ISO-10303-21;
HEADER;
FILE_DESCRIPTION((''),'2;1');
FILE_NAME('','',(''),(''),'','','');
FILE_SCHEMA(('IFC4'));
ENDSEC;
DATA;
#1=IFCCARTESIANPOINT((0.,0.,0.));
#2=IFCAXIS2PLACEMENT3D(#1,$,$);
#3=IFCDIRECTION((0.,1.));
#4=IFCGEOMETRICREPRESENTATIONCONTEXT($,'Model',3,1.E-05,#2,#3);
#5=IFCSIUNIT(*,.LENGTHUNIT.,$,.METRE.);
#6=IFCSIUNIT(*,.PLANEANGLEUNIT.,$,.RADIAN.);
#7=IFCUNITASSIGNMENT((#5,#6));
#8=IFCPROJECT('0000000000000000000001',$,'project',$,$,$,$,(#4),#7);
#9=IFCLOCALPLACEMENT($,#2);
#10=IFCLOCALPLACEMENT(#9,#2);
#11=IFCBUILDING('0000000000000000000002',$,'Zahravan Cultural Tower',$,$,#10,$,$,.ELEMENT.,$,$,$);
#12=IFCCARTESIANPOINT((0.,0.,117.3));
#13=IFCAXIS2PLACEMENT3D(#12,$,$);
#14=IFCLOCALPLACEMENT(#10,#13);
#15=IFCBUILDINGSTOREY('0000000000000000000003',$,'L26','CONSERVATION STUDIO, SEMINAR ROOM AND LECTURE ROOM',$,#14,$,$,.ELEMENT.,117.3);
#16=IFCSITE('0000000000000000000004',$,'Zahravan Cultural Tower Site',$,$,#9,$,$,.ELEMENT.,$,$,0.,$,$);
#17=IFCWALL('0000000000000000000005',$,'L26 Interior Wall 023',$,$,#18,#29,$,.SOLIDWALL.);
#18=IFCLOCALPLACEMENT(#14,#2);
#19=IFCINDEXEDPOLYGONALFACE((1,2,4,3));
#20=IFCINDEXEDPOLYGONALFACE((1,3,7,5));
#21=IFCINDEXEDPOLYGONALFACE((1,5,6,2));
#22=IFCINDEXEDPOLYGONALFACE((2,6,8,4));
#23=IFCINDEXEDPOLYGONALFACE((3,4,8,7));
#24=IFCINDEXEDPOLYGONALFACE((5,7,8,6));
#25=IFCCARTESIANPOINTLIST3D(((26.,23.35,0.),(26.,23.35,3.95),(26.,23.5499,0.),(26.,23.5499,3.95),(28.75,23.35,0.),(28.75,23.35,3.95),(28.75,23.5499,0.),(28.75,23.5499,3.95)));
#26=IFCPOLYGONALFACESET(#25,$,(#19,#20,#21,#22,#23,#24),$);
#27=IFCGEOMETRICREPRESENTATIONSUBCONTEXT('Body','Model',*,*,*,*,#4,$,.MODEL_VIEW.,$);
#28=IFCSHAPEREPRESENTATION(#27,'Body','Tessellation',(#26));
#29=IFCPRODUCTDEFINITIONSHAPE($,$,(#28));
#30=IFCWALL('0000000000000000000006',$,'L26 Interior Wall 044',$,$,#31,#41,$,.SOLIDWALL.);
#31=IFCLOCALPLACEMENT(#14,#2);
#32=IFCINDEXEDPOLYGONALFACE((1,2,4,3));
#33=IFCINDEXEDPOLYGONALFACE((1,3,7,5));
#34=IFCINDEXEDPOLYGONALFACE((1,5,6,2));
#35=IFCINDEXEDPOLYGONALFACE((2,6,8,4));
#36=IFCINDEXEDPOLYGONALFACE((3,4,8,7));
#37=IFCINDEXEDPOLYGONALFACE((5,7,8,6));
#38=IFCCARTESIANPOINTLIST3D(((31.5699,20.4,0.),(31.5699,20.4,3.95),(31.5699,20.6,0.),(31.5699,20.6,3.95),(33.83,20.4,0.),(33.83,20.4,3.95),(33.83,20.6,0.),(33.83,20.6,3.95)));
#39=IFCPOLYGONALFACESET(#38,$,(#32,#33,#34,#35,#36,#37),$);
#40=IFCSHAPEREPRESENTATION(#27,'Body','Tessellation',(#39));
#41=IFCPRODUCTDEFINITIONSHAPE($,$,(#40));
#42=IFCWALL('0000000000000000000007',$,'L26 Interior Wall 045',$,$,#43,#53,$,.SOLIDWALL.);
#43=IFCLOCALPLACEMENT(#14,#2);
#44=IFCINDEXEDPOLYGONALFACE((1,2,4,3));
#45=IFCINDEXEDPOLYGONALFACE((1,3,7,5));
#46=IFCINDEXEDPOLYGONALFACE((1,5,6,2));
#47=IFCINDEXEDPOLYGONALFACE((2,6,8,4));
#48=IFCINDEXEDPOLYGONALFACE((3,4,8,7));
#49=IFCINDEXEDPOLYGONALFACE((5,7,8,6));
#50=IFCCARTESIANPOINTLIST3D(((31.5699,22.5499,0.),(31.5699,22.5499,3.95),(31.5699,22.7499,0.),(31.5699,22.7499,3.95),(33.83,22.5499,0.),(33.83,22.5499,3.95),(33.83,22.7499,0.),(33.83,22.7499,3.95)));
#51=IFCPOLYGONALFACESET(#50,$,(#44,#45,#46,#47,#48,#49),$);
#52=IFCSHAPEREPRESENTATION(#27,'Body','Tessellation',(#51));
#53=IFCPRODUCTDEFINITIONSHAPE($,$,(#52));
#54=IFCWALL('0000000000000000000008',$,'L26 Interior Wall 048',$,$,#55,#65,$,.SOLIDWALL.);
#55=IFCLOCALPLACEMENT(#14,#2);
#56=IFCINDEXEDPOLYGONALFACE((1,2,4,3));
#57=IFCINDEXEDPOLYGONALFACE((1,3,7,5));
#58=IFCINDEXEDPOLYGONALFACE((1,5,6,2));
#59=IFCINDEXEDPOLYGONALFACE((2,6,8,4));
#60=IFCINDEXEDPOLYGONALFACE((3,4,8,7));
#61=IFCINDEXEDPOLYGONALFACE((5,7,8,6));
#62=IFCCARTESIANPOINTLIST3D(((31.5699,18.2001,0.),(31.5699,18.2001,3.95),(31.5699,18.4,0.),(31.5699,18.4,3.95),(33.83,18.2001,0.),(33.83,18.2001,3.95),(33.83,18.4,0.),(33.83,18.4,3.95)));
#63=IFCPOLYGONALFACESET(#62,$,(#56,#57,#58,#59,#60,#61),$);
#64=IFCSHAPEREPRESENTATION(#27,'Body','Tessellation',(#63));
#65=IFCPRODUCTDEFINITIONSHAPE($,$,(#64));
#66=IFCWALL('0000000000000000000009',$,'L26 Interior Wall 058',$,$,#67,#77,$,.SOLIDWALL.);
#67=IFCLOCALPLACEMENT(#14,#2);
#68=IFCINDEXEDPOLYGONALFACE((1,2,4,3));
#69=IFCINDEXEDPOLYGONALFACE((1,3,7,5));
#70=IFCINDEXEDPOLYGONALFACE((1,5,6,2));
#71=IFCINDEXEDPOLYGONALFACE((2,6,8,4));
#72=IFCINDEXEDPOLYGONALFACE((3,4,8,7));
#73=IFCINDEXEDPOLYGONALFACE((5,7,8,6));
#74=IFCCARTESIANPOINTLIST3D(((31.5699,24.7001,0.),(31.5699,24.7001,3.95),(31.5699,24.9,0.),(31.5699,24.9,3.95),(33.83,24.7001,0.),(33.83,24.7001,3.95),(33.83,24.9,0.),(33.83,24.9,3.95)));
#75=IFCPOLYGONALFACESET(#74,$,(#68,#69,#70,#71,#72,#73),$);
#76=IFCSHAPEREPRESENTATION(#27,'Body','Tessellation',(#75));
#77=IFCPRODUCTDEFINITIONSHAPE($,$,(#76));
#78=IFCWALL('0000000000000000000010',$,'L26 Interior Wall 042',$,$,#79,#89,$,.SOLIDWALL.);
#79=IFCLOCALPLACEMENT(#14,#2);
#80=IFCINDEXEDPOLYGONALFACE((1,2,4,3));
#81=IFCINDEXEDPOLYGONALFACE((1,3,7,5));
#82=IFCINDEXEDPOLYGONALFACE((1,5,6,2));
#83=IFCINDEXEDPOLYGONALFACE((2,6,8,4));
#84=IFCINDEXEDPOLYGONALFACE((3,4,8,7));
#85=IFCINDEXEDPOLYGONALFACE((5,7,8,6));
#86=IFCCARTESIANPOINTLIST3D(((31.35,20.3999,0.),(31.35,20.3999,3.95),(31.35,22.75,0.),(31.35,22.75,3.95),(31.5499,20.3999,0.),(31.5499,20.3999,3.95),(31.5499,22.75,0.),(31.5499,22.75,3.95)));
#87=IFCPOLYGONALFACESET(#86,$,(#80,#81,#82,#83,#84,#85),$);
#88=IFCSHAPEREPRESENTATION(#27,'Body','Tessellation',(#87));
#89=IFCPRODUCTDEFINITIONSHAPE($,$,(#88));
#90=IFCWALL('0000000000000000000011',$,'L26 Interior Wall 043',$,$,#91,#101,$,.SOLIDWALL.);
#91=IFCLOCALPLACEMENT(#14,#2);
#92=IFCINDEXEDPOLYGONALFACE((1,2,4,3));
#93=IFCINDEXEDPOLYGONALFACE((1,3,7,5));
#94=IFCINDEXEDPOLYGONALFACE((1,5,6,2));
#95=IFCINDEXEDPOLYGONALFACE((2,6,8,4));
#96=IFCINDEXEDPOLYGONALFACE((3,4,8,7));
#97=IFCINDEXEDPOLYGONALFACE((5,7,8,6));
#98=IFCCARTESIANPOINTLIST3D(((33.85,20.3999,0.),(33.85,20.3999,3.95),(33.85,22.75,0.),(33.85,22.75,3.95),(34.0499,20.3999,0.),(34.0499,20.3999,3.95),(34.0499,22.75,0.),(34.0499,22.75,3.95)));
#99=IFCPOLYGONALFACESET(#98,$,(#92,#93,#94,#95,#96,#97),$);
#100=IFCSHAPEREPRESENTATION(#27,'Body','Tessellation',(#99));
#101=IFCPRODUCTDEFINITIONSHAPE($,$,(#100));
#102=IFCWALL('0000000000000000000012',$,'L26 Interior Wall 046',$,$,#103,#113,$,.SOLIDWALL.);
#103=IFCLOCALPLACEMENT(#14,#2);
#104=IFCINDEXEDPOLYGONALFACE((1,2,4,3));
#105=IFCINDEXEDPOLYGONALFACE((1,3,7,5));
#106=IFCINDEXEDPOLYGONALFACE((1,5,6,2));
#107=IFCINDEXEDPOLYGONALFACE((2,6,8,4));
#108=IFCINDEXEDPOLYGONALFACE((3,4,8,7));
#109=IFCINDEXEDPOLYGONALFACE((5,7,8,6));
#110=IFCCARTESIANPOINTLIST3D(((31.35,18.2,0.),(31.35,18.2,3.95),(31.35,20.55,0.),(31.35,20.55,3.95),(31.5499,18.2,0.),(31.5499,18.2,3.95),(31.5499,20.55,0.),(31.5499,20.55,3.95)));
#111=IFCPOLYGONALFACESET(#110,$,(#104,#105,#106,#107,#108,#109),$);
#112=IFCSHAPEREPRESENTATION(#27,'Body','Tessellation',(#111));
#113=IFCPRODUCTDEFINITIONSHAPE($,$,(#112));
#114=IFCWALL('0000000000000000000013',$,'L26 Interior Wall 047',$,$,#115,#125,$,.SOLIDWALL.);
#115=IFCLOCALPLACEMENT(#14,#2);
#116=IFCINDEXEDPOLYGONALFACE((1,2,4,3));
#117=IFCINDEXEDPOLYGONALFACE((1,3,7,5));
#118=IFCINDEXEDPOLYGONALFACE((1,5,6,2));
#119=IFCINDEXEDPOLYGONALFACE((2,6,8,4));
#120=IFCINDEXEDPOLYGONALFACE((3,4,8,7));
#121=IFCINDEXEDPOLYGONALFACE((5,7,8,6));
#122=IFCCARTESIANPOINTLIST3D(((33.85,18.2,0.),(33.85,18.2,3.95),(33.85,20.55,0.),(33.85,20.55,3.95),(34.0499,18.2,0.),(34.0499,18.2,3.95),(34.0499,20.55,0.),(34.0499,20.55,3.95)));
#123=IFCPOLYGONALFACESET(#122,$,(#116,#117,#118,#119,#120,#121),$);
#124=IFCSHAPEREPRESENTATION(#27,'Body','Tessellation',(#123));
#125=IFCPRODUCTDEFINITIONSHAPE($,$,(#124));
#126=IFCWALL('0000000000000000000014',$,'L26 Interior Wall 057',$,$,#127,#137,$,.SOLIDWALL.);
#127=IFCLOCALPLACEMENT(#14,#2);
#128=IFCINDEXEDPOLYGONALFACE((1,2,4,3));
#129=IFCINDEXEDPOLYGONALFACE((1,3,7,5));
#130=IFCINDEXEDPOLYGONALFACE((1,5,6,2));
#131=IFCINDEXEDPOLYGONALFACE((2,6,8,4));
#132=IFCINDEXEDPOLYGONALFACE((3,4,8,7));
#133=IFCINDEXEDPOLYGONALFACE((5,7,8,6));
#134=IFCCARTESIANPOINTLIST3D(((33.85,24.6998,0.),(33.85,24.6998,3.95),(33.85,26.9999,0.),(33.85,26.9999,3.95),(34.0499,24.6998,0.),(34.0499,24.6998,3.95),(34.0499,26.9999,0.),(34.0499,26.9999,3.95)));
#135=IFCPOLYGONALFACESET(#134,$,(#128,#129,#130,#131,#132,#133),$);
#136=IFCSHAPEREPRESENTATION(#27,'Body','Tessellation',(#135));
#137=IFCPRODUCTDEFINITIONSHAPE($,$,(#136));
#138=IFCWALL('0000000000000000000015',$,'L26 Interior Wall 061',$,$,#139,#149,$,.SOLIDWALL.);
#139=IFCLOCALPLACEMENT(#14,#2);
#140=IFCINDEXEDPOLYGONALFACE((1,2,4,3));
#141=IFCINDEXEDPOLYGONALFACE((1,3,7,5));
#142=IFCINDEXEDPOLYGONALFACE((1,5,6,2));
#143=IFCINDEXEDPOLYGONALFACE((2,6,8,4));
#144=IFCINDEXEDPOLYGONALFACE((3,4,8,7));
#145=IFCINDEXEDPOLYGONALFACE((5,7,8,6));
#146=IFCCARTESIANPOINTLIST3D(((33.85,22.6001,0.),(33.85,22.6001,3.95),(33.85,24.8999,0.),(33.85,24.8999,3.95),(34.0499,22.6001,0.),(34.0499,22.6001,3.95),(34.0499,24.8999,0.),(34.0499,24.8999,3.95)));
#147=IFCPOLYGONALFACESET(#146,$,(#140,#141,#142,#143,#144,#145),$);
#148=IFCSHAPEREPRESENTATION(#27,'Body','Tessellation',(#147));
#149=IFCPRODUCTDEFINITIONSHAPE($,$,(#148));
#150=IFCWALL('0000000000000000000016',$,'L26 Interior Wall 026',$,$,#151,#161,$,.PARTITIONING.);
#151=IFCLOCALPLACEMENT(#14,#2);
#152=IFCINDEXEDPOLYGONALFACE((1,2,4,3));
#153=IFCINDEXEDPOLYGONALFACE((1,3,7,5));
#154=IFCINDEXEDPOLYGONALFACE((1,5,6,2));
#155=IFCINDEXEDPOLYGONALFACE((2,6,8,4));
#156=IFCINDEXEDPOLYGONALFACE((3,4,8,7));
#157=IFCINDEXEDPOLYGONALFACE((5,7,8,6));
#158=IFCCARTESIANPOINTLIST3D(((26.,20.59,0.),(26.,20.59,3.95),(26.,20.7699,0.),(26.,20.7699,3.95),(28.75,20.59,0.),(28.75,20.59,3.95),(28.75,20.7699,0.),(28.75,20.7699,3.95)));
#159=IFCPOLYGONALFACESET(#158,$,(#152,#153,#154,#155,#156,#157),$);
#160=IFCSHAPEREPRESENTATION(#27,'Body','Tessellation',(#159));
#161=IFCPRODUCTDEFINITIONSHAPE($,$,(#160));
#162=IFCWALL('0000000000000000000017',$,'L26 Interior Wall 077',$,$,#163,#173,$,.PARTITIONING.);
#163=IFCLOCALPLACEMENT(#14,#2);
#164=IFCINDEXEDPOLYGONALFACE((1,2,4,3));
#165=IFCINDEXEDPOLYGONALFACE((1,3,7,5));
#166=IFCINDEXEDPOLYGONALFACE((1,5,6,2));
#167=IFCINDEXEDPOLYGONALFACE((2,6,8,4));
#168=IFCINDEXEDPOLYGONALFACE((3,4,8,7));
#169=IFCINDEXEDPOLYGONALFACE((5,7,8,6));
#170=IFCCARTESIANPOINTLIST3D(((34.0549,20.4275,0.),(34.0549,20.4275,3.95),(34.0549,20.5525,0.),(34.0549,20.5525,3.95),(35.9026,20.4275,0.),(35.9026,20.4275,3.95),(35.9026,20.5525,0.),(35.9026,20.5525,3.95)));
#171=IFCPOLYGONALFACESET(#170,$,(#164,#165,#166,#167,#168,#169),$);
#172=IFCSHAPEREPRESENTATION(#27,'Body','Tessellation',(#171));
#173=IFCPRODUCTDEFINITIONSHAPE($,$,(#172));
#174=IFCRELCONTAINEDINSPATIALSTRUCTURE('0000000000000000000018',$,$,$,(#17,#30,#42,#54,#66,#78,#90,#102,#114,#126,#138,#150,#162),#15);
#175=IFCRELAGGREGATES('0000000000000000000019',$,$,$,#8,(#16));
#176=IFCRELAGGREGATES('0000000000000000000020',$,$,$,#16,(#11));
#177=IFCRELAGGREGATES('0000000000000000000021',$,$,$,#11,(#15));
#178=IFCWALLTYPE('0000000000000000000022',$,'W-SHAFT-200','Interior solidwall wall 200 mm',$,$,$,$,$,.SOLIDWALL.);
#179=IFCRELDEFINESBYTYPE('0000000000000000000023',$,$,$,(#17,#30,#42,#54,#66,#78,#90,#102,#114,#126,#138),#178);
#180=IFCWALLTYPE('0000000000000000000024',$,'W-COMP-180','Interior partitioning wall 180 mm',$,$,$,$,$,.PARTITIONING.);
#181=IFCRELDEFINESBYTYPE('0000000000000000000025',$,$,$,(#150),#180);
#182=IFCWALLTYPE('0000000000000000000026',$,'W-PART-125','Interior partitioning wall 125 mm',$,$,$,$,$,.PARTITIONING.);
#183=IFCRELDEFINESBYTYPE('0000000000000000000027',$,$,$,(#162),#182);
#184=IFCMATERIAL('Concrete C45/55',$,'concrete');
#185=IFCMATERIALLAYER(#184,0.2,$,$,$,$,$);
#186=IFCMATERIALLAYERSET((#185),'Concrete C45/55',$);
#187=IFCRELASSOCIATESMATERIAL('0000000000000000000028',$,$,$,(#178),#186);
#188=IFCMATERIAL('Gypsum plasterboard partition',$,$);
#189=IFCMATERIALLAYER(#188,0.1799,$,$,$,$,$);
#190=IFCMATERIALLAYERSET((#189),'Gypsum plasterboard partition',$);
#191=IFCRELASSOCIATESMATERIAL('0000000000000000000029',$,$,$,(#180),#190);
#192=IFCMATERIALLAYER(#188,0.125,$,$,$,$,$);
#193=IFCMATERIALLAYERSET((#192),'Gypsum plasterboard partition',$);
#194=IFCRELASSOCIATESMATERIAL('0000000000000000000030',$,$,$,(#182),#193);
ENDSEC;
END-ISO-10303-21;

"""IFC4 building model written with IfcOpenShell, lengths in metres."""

from ifc_helpers import new_model, si_unit, direction, frame, frame_2d, origin, place, context, subcontext, project, spatial, rectangle, extrude, source, transform, mapped, material, layer, layer_set, type_object, element, save


model = new_model("IFC4")

# Units and contexts
model_context = context("Model", 3, precision=1e-05, world=origin(), true_north=direction((0.0, 1.0)))
body_context = subcontext(model_context, "Body", "Model", "MODEL_VIEW")
ifc_project = project(units=[si_unit("LENGTHUNIT", "METRE"), si_unit("PLANEANGLEUNIT", "RADIAN")], contexts=[model_context])

# Site, building, storey
site_placement = place(None, origin())
site = spatial("IfcSite", under=ifc_project, at=site_placement, Name="Zahravan Cultural Tower Site", CompositionType="ELEMENT", RefElevation=0.0)
building_placement = place(site_placement, origin())
building = spatial("IfcBuilding", under=site, at=building_placement, Name="Zahravan Cultural Tower", CompositionType="ELEMENT")
storey_placement = place(building_placement, frame((0.0, 0.0, 117.3)))
storey = spatial("IfcBuildingStorey", under=building, at=storey_placement, Name="L26", Description="CONSERVATION STUDIO, SEMINAR ROOM AND LECTURE ROOM", CompositionType="ELEMENT", Elevation=117.3)

# Shared definitions
ifc_material_1 = material(Name="Concrete C45/55", Category="concrete")
ifc_layer_1 = layer(ifc_material_1, 0.2)
ifc_layer_set_1 = layer_set([ifc_layer_1], Name="Concrete C45/55")
wall_type_1 = type_object("IfcWallType", Name="W-SHAFT-200", Description="Interior solidwall wall 200 mm", PredefinedType="SOLIDWALL", material=ifc_layer_set_1)

# Walls
shared_shape_1 = source(origin(), body_context, "Body", "SweptSolid", [
    extrude(rectangle(XDim=2.75, YDim=0.2, at=frame_2d((1.375, 0.0))), origin(), (0.0, 0.0, 1.0), 3.95),
])
wall_1_placement = place(storey_placement, frame((26.0, 23.45, 0.0), z_axis=(0.0, 0.0, 1.0), x_axis=(1.0, 0.0, 0.0)))
element("IfcWall", 1, at=wall_1_placement, inside=storey, type_object=wall_type_1, Name="L26 Interior Wall 023", PredefinedType="SOLIDWALL", context=body_context, shape_type="MappedRepresentation", body=[
    mapped(shared_shape_1, transform((0.0, 0.0, 0.0), x_axis=(1.0, 0.0, 0.0), y_axis=(0.0, 1.0, 0.0), z_axis=(0.0, 0.0, 1.0), scale=1.0)),
])
shared_shape_2 = source(origin(), body_context, "Body", "SweptSolid", [
    extrude(rectangle(XDim=2.26, YDim=0.2, at=frame_2d((1.1299, 0.0))), origin(), (0.0, 0.0, 1.0), 3.95),
])
for number, where, z_axis, x_axis, name in (
    (2, (31.5701, 20.5, 0.0), (0.0, 0.0, 1.0), (1.0, 0.0, 0.0), "L26 Interior Wall 044"),
    (3, (31.5701, 22.6499, 0.0), (0.0, 0.0, 1.0), (1.0, 0.0, 0.0), "L26 Interior Wall 045"),
    (4, (31.5701, 18.3, 0.0), (0.0, 0.0, 1.0), (1.0, 0.0, 0.0), "L26 Interior Wall 048"),
    (5, (31.5701, 24.8, 0.0), (0.0, 0.0, 1.0), (1.0, 0.0, 0.0), "L26 Interior Wall 058"),
):
    element("IfcWall", number, at=place(storey_placement, frame(where, z_axis=z_axis, x_axis=x_axis)), inside=storey, type_object=wall_type_1, Name=name, PredefinedType="SOLIDWALL", context=body_context, shape_type="MappedRepresentation", body=[
        mapped(shared_shape_2, transform((0.0, 0.0, 0.0), x_axis=(1.0, 0.0, 0.0), y_axis=(0.0, 1.0, 0.0), z_axis=(0.0, 0.0, 1.0), scale=1.0)),
    ])
shared_shape_3 = source(origin(), body_context, "Body", "SweptSolid", [
    extrude(rectangle(XDim=2.3501, YDim=0.2, at=frame_2d((1.175, 0.0))), origin(), (0.0, 0.0, 1.0), 3.95),
])
for number, where, z_axis, x_axis, name in (
    (6, (31.45, 20.3999, 0.0), (0.0, 0.0, 1.0), (0.0, 1.0, 0.0), "L26 Interior Wall 042"),
    (7, (33.95, 20.3999, 0.0), (0.0, 0.0, 1.0), (0.0, 1.0, 0.0), "L26 Interior Wall 043"),
    (8, (31.45, 18.2, 0.0), (0.0, 0.0, 1.0), (0.0, 1.0, 0.0), "L26 Interior Wall 046"),
    (9, (33.95, 18.2, 0.0), (0.0, 0.0, 1.0), (0.0, 1.0, 0.0), "L26 Interior Wall 047"),
):
    element("IfcWall", number, at=place(storey_placement, frame(where, z_axis=z_axis, x_axis=x_axis)), inside=storey, type_object=wall_type_1, Name=name, PredefinedType="SOLIDWALL", context=body_context, shape_type="MappedRepresentation", body=[
        mapped(shared_shape_3, transform((0.0, 0.0, 0.0), x_axis=(1.0, 0.0, 0.0), y_axis=(0.0, 1.0, 0.0), z_axis=(0.0, 0.0, 1.0), scale=1.0)),
    ])
shared_shape_4 = source(origin(), body_context, "Body", "SweptSolid", [
    extrude(rectangle(XDim=2.3, YDim=0.2, at=frame_2d((1.1499, 0.0))), origin(), (0.0, 0.0, 1.0), 3.95),
])
wall_2_placement = place(storey_placement, frame((33.95, 24.7, 0.0), z_axis=(0.0, 0.0, 1.0), x_axis=(0.0, 1.0, 0.0)))
element("IfcWall", 10, at=wall_2_placement, inside=storey, type_object=wall_type_1, Name="L26 Interior Wall 057", PredefinedType="SOLIDWALL", context=body_context, shape_type="MappedRepresentation", body=[
    mapped(shared_shape_4, transform((0.0, 0.0, 0.0), x_axis=(1.0, 0.0, 0.0), y_axis=(0.0, 1.0, 0.0), z_axis=(0.0, 0.0, 1.0), scale=1.0)),
])
shared_shape_5 = source(origin(), body_context, "Body", "SweptSolid", [
    extrude(rectangle(XDim=2.2998, YDim=0.2, at=frame_2d((1.1499, 0.0))), origin(), (0.0, 0.0, 1.0), 3.95),
])
wall_3_placement = place(storey_placement, frame((33.95, 22.6001, 0.0), z_axis=(0.0, 0.0, 1.0), x_axis=(0.0, 1.0, 0.0)))
element("IfcWall", 11, at=wall_3_placement, inside=storey, type_object=wall_type_1, Name="L26 Interior Wall 061", PredefinedType="SOLIDWALL", context=body_context, shape_type="MappedRepresentation", body=[
    mapped(shared_shape_5, transform((0.0, 0.0, 0.0), x_axis=(1.0, 0.0, 0.0), y_axis=(0.0, 1.0, 0.0), z_axis=(0.0, 0.0, 1.0), scale=1.0)),
])
ifc_material_2 = material(Name="Gypsum plasterboard partition")
ifc_layer_2 = layer(ifc_material_2, 0.1799)
ifc_layer_set_2 = layer_set([ifc_layer_2], Name="Gypsum plasterboard partition")
wall_type_2 = type_object("IfcWallType", Name="W-COMP-180", Description="Interior partitioning wall 180 mm", PredefinedType="PARTITIONING", material=ifc_layer_set_2)
shared_shape_6 = source(origin(), body_context, "Body", "SweptSolid", [
    extrude(rectangle(XDim=2.75, YDim=0.1799, at=frame_2d((1.375, 0.0))), origin(), (0.0, 0.0, 1.0), 3.95),
])
wall_4_placement = place(storey_placement, frame((26.0, 20.6799, 0.0), z_axis=(0.0, 0.0, 1.0), x_axis=(1.0, 0.0, 0.0)))
element("IfcWall", 12, at=wall_4_placement, inside=storey, type_object=wall_type_2, Name="L26 Interior Wall 026", PredefinedType="PARTITIONING", context=body_context, shape_type="MappedRepresentation", body=[
    mapped(shared_shape_6, transform((0.0, 0.0, 0.0), x_axis=(1.0, 0.0, 0.0), y_axis=(0.0, 1.0, 0.0), z_axis=(0.0, 0.0, 1.0), scale=1.0)),
])
ifc_layer_3 = layer(ifc_material_2, 0.125)
ifc_layer_set_3 = layer_set([ifc_layer_3], Name="Gypsum plasterboard partition")
wall_type_3 = type_object("IfcWallType", Name="W-PART-125", Description="Interior partitioning wall 125 mm", PredefinedType="PARTITIONING", material=ifc_layer_set_3)
shared_shape_7 = source(origin(), body_context, "Body", "SweptSolid", [
    extrude(rectangle(XDim=1.8477, YDim=0.125, at=frame_2d((0.9238, 0.0))), origin(), (0.0, 0.0, 1.0), 3.95),
])
wall_5_placement = place(storey_placement, frame((35.9026, 20.49, 0.0), z_axis=(0.0, 0.0, 1.0), x_axis=(-1.0, 0.0, 0.0)))
element("IfcWall", 13, at=wall_5_placement, inside=storey, type_object=wall_type_3, Name="L26 Interior Wall 077", PredefinedType="PARTITIONING", context=body_context, shape_type="MappedRepresentation", body=[
    mapped(shared_shape_7, transform((0.0, 0.0, 0.0), x_axis=(1.0, 0.0, 0.0), y_axis=(0.0, 1.0, 0.0), z_axis=(0.0, 0.0, 1.0), scale=1.0)),
])

save(model, "model.ifc")
